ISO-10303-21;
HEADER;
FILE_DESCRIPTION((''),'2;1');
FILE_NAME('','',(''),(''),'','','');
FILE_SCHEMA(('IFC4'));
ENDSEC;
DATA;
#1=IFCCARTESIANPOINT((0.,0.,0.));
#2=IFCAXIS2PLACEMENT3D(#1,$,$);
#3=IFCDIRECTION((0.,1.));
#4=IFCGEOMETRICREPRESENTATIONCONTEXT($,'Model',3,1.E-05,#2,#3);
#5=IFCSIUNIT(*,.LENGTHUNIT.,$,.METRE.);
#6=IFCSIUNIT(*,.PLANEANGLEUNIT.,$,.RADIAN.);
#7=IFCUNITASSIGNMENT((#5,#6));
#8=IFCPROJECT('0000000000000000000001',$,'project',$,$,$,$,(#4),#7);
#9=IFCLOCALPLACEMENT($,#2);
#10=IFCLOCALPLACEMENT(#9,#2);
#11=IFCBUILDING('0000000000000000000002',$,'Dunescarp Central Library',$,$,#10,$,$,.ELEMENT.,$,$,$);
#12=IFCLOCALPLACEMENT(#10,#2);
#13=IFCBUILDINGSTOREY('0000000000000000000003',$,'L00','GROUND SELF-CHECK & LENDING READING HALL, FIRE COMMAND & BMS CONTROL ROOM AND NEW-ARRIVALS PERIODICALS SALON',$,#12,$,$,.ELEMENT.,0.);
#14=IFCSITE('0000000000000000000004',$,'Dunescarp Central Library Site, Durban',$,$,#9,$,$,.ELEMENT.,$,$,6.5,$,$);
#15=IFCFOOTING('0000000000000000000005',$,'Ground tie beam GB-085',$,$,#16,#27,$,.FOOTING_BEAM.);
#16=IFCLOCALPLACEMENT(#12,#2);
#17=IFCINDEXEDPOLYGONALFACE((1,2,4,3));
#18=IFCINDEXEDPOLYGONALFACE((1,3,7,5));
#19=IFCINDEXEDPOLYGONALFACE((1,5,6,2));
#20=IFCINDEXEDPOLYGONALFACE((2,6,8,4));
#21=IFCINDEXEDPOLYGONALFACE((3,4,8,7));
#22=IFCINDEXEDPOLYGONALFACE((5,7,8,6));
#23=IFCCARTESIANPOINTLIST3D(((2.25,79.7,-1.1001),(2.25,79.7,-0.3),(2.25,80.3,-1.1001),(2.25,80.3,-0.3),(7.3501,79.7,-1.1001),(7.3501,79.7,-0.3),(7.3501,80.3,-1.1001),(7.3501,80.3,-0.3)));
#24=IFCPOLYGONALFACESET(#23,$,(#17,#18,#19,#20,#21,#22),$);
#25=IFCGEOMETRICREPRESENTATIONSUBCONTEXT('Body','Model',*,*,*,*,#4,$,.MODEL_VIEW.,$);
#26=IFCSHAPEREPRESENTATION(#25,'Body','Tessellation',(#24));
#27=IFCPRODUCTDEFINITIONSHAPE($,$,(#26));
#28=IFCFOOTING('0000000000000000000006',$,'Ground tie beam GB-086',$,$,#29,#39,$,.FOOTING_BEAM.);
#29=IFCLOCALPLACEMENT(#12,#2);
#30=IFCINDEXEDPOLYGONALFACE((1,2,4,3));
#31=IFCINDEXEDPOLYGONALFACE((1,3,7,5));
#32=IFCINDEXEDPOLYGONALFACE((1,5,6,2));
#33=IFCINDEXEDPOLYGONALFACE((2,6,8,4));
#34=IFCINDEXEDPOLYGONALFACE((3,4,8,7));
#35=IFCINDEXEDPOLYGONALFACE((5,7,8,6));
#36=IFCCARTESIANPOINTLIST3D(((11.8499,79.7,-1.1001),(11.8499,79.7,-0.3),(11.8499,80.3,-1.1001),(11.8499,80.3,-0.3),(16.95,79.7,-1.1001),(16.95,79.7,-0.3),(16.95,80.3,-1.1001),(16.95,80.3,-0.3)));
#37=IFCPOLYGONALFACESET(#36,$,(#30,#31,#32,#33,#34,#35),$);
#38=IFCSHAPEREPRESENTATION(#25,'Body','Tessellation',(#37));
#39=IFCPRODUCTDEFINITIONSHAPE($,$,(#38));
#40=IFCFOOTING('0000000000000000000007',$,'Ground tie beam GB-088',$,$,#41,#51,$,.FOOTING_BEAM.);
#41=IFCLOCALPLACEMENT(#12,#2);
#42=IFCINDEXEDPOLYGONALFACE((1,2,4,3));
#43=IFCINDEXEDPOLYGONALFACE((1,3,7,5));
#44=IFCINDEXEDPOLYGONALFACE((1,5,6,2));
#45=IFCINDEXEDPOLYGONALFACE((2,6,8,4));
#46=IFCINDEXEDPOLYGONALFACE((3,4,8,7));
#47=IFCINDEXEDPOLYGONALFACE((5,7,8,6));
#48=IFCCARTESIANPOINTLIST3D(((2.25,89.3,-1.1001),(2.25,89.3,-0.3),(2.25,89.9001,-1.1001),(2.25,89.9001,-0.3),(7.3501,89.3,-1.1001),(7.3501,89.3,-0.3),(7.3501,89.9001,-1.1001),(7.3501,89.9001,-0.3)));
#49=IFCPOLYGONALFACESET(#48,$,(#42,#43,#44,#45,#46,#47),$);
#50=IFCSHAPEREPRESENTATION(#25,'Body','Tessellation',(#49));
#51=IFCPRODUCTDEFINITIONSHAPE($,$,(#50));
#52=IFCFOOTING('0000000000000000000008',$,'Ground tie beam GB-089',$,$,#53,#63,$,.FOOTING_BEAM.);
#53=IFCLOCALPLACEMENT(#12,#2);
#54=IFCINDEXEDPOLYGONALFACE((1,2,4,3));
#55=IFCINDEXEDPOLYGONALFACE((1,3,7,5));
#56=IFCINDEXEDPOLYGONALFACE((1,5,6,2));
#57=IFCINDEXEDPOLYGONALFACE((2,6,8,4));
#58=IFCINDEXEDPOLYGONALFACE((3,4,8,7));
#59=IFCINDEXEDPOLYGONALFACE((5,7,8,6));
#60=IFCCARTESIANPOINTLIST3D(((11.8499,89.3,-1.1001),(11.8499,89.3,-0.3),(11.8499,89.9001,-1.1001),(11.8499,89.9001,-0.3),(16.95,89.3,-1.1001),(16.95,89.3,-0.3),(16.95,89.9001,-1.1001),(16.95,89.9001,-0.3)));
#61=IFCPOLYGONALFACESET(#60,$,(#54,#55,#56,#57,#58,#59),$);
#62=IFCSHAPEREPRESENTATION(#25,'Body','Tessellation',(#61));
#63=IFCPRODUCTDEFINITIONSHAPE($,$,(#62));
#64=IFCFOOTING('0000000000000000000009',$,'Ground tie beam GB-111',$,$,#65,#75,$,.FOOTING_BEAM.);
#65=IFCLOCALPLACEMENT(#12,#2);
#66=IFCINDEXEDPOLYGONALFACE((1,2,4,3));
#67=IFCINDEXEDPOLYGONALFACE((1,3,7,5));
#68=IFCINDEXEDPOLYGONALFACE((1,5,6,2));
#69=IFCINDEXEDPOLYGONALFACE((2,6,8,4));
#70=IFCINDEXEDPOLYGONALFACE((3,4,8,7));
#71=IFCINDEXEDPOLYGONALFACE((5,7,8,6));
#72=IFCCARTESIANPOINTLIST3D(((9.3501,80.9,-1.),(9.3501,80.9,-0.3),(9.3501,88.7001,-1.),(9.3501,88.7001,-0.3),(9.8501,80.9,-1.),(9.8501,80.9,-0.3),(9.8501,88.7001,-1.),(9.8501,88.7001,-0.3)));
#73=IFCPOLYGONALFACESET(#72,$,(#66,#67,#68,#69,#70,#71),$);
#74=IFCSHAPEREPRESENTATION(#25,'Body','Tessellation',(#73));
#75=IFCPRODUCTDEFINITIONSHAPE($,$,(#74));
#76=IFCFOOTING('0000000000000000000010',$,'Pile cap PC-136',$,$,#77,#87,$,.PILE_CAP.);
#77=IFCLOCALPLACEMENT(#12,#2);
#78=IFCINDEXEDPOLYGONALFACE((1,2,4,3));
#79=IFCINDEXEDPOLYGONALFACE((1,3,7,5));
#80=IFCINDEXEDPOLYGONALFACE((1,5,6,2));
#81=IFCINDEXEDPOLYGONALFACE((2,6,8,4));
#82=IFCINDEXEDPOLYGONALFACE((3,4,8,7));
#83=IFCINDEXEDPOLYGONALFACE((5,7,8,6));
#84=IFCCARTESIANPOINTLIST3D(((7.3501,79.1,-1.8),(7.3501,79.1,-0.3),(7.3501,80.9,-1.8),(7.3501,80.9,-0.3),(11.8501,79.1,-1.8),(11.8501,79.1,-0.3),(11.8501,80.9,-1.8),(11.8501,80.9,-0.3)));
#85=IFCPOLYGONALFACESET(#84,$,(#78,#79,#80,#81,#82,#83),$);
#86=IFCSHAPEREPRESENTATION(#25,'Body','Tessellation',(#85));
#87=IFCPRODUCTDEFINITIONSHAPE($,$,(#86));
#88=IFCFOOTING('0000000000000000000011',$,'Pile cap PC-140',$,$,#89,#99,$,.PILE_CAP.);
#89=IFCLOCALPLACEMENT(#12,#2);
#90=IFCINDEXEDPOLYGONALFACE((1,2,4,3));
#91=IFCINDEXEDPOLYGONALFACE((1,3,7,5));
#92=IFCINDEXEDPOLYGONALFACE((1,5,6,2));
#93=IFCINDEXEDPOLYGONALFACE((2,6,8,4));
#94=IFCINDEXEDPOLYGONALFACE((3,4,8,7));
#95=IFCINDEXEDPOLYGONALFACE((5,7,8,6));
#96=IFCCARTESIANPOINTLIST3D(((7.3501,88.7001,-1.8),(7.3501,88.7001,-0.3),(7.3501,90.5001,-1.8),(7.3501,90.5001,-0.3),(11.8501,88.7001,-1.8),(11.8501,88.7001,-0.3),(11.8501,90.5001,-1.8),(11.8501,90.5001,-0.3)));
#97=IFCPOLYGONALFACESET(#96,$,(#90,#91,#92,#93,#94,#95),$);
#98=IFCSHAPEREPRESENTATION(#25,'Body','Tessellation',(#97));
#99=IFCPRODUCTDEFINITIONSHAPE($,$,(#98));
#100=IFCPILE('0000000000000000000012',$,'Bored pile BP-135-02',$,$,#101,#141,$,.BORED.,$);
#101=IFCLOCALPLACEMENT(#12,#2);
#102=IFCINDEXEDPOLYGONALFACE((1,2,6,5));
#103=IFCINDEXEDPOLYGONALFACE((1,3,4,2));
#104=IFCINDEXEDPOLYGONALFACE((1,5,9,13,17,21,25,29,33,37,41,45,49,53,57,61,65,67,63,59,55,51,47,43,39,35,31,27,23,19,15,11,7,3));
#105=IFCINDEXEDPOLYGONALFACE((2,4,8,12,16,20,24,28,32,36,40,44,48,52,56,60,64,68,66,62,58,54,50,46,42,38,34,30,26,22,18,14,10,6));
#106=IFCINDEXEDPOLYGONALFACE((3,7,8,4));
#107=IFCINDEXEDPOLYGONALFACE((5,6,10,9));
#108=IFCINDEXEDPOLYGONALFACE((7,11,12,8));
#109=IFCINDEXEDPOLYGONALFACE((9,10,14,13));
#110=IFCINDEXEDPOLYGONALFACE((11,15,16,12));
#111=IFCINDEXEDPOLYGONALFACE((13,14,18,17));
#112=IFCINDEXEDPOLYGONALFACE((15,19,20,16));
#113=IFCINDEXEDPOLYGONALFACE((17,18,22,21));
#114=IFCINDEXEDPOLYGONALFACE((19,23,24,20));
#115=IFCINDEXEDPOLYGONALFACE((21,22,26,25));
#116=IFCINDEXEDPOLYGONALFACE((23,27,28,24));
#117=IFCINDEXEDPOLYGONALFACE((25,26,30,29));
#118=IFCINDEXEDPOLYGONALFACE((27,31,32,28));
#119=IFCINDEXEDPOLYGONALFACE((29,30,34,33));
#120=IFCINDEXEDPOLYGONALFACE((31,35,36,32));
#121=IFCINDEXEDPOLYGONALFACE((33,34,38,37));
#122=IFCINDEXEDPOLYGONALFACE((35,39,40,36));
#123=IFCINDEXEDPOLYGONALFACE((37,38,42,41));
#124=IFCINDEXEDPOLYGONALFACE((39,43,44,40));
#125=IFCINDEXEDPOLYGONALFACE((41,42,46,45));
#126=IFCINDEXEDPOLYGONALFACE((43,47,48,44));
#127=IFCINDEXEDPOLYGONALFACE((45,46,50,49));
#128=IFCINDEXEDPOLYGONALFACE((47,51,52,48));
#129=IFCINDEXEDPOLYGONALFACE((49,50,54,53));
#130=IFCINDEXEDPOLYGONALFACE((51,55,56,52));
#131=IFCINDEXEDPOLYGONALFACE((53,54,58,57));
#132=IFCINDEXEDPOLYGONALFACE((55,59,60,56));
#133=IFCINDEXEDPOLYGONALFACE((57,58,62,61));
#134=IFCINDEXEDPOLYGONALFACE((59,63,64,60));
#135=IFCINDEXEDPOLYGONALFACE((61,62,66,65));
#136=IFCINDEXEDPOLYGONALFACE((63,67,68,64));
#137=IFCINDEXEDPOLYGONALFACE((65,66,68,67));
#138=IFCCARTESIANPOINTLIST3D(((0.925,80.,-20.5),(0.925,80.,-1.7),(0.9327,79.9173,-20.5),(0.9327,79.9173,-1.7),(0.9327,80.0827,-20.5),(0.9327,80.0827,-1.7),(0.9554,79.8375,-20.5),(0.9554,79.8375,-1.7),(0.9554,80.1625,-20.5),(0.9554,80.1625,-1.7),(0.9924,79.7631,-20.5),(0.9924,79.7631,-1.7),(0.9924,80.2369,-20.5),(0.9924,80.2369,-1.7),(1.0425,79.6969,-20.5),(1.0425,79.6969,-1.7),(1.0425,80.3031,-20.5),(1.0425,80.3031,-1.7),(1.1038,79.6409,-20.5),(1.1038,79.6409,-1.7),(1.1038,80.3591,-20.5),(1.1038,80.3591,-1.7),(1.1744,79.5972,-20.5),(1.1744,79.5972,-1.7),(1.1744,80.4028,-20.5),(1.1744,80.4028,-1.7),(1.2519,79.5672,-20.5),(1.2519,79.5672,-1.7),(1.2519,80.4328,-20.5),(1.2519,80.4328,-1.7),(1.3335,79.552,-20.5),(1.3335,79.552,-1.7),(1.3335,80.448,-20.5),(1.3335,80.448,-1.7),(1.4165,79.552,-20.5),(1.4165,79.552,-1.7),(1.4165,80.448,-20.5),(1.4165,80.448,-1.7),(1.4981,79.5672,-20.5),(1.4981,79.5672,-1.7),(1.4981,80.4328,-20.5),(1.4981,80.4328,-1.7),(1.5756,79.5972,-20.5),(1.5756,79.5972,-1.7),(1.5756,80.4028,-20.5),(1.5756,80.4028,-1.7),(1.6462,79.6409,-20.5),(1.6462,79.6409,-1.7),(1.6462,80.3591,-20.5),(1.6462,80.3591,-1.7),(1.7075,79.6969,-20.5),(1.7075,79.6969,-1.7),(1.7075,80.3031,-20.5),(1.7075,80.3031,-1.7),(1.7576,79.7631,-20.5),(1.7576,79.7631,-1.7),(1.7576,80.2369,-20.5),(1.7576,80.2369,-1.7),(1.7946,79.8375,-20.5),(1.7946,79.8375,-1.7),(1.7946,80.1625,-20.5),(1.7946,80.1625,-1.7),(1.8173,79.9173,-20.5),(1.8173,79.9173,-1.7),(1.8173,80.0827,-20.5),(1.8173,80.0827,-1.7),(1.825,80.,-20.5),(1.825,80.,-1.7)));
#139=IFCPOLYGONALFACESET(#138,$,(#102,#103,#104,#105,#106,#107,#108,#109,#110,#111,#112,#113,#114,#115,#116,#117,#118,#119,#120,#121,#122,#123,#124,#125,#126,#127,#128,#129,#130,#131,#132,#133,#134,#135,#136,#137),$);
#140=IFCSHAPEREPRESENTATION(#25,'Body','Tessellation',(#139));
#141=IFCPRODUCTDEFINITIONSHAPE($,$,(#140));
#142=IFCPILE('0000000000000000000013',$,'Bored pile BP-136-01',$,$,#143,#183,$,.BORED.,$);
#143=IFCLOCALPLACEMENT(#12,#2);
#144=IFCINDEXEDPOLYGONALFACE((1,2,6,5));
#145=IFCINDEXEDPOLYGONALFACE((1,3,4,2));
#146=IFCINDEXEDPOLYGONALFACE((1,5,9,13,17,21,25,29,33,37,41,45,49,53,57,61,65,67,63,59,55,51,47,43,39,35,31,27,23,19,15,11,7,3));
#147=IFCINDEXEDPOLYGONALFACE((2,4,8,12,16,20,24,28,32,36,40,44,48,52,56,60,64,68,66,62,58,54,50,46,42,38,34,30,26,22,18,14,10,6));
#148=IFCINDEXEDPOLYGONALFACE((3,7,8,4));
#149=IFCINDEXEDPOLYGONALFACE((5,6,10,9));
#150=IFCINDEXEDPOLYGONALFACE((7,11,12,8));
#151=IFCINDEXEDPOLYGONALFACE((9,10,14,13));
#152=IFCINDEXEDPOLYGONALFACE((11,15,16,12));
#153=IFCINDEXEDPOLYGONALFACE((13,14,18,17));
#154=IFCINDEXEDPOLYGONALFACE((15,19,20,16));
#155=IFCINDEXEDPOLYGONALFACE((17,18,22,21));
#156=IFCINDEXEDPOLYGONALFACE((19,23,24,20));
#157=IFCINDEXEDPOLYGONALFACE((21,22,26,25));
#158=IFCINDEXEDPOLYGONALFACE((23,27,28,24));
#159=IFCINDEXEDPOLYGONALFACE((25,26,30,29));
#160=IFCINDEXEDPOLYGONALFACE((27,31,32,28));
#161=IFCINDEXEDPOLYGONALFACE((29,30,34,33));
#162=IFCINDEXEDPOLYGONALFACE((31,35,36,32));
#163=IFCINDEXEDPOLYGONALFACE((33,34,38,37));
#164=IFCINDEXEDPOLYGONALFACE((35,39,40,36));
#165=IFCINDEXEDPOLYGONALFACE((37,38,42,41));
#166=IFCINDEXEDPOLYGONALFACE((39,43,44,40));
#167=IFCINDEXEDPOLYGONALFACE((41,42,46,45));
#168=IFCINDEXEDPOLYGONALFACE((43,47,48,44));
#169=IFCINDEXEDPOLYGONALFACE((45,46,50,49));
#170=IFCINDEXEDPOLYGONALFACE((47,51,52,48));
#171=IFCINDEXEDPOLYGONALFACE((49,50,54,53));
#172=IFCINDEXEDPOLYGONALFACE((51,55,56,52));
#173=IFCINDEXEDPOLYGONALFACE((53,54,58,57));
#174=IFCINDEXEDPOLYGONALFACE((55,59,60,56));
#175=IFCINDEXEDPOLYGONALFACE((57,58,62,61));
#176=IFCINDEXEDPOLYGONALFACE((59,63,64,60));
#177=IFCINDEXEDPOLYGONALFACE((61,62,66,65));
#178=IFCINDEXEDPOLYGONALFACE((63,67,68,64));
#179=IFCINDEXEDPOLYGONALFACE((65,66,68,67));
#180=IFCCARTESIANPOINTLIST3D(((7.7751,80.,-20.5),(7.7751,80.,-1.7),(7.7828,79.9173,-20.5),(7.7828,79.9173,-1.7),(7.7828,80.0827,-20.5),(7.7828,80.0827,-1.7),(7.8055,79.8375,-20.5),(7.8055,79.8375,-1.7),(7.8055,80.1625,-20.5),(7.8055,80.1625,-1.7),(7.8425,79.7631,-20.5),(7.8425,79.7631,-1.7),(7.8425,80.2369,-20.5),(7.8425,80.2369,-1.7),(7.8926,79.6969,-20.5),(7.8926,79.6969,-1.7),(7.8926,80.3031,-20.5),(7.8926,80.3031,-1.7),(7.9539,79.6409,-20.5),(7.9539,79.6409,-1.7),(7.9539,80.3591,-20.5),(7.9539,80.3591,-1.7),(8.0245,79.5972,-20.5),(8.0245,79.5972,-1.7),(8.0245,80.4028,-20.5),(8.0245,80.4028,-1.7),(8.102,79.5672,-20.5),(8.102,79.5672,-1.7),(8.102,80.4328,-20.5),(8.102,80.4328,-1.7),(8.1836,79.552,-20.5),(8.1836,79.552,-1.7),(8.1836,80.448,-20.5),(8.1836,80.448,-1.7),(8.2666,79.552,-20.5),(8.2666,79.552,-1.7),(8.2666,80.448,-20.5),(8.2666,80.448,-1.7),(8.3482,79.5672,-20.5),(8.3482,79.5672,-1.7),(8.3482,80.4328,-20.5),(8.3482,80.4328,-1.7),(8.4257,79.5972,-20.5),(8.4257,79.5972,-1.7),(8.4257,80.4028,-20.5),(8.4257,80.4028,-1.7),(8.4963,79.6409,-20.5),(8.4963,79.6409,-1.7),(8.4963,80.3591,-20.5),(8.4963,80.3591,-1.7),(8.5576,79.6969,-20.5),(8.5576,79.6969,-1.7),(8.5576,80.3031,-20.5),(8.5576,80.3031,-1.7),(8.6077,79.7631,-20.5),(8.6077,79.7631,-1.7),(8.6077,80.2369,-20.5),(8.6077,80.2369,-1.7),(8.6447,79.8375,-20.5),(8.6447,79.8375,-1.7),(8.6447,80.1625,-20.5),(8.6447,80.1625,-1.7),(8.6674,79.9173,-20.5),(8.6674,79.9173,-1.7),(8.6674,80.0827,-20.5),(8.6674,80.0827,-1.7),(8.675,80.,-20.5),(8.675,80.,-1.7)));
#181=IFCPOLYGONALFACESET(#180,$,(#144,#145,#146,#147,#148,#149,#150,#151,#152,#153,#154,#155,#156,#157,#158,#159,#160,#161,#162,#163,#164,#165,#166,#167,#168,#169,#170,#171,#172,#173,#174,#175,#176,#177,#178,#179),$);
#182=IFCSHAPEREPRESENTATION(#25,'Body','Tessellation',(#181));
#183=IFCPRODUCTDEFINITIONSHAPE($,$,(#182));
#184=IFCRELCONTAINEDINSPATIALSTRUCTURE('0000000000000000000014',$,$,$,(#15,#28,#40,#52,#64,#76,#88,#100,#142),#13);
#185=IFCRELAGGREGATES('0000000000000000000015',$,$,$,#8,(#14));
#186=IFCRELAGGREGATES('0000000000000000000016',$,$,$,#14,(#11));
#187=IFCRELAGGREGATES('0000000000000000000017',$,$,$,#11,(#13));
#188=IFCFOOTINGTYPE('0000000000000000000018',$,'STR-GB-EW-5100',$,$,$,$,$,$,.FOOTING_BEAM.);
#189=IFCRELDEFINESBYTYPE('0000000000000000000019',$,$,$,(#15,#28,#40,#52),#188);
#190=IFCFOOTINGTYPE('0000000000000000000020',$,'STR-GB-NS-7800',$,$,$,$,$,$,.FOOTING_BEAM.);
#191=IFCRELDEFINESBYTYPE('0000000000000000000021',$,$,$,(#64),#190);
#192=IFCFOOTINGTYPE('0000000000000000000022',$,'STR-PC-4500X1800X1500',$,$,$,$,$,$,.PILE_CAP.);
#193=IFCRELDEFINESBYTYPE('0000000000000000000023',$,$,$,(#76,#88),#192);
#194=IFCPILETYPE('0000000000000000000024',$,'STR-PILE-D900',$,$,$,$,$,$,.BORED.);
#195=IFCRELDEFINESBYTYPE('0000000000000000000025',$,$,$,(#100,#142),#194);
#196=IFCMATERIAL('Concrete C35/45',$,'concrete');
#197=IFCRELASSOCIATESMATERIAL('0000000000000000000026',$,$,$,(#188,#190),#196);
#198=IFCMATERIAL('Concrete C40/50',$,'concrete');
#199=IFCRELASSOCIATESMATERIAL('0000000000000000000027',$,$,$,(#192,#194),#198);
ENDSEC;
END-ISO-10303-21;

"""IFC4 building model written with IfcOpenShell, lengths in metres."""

from ifc_helpers import new_model, si_unit, direction, frame, origin, origin_2d, place, context, subcontext, project, spatial, rectangle, circle, extrude, material, material_profile, profile_set, type_object, element, save


model = new_model("IFC4")

# Units and contexts
model_context = context("Model", 3, precision=1e-05, world=origin(), true_north=direction((0.0, 1.0)))
body_context = subcontext(model_context, "Body", "Model", "MODEL_VIEW")
ifc_project = project(units=[si_unit("LENGTHUNIT", "METRE"), si_unit("PLANEANGLEUNIT", "RADIAN")], contexts=[model_context])

# Site, building, storey
site_placement = place(None, origin())
site = spatial("IfcSite", under=ifc_project, at=site_placement, Name="Dunescarp Central Library Site, Durban", CompositionType="ELEMENT", RefElevation=6.5)
building_placement = place(site_placement, origin())
building = spatial("IfcBuilding", under=site, at=building_placement, Name="Dunescarp Central Library", CompositionType="ELEMENT")
storey_placement = place(building_placement, origin())
storey = spatial("IfcBuildingStorey", under=building, at=storey_placement, Name="L00", Description="GROUND SELF-CHECK & LENDING READING HALL, FIRE COMMAND & BMS CONTROL ROOM AND NEW-ARRIVALS PERIODICALS SALON", CompositionType="ELEMENT", Elevation=0.0)

# Footings
ifc_material_1 = material(Name="Concrete C35/45", Category="concrete")
footing_type_1 = type_object("IfcFootingType", Name="STR-GB-EW-5100", PredefinedType="FOOTING_BEAM", material=ifc_material_1)
for number, where, z_axis, x_axis, name in (
    (1, (4.8, 80.0, -1.1001), (0.0, 0.0, 1.0), (1.0, 0.0, 0.0), "Ground tie beam GB-085"),
    (2, (14.3999, 80.0, -1.1001), (0.0, 0.0, 1.0), (1.0, 0.0, 0.0), "Ground tie beam GB-086"),
    (3, (4.8, 89.6001, -1.1001), (0.0, 0.0, 1.0), (1.0, 0.0, 0.0), "Ground tie beam GB-088"),
    (4, (14.3999, 89.6001, -1.1001), (0.0, 0.0, 1.0), (1.0, 0.0, 0.0), "Ground tie beam GB-089"),
):
    element("IfcFooting", number, at=place(storey_placement, frame(where, z_axis=z_axis, x_axis=x_axis)), inside=storey, type_object=footing_type_1, Name=name, PredefinedType="FOOTING_BEAM", context=body_context, shape_type="SweptSolid", body=[
        extrude(rectangle(XDim=5.1001, YDim=0.6001, at=origin_2d()), origin(), (0.0, 0.0, 1.0), 0.8),
    ])
footing_type_2 = type_object("IfcFootingType", Name="STR-GB-NS-7800", PredefinedType="FOOTING_BEAM", material=ifc_material_1)
footing_placement = place(storey_placement, frame((9.6001, 84.8, -1.0), z_axis=(0.0, 0.0, 1.0), x_axis=(0.0, 1.0, 0.0)))
element("IfcFooting", 5, at=footing_placement, inside=storey, type_object=footing_type_2, Name="Ground tie beam GB-111", PredefinedType="FOOTING_BEAM", context=body_context, shape_type="SweptSolid", body=[
    extrude(rectangle(XDim=7.8, YDim=0.5, at=origin_2d()), origin(), (0.0, 0.0, 1.0), 0.7),
])
ifc_material_2 = material(Name="Concrete C40/50", Category="concrete")
footing_type_3 = type_object("IfcFootingType", Name="STR-PC-4500X1800X1500", PredefinedType="PILE_CAP", material=ifc_material_2)
for number, where, z_axis, x_axis, name in (
    (6, (9.6001, 80.0, -1.8), (0.0, 0.0, 1.0), (1.0, 0.0, 0.0), "Pile cap PC-136"),
    (7, (9.6001, 89.6001, -1.8), (0.0, 0.0, 1.0), (1.0, 0.0, 0.0), "Pile cap PC-140"),
):
    element("IfcFooting", number, at=place(storey_placement, frame(where, z_axis=z_axis, x_axis=x_axis)), inside=storey, type_object=footing_type_3, Name=name, PredefinedType="PILE_CAP", context=body_context, shape_type="SweptSolid", body=[
        extrude(rectangle(XDim=4.5, YDim=1.8, at=origin_2d()), origin(), (0.0, 0.0, 1.0), 1.5),
    ])

# Piles
ifc_material_profile_1 = material_profile(ifc_material_2, circle(Radius=0.45, at=origin_2d()), Name="PILE D900")
ifc_profile_set_1 = profile_set([ifc_material_profile_1], Name="Concrete C40/50")
pile_type = type_object("IfcPileType", Name="STR-PILE-D900", PredefinedType="BORED", material=ifc_profile_set_1)
for number, where, z_axis, x_axis, name in (
    (8, (1.375, 80.0, -1.7), (0.0, 0.0, -1.0), (1.0, 0.0, 0.0), "Bored pile BP-135-02"),
    (9, (8.2251, 80.0, -1.7), (0.0, 0.0, -1.0), (1.0, 0.0, 0.0), "Bored pile BP-136-01"),
):
    element("IfcPile", number, at=place(storey_placement, frame(where, z_axis=z_axis, x_axis=x_axis)), inside=storey, type_object=pile_type, Name=name, PredefinedType="BORED", context=body_context, shape_type="SweptSolid", body=[
        extrude(circle(Radius=0.45, at=origin_2d()), origin(), (0.0, 0.0, 1.0), 18.8),
    ])

save(model, "model.ifc")
